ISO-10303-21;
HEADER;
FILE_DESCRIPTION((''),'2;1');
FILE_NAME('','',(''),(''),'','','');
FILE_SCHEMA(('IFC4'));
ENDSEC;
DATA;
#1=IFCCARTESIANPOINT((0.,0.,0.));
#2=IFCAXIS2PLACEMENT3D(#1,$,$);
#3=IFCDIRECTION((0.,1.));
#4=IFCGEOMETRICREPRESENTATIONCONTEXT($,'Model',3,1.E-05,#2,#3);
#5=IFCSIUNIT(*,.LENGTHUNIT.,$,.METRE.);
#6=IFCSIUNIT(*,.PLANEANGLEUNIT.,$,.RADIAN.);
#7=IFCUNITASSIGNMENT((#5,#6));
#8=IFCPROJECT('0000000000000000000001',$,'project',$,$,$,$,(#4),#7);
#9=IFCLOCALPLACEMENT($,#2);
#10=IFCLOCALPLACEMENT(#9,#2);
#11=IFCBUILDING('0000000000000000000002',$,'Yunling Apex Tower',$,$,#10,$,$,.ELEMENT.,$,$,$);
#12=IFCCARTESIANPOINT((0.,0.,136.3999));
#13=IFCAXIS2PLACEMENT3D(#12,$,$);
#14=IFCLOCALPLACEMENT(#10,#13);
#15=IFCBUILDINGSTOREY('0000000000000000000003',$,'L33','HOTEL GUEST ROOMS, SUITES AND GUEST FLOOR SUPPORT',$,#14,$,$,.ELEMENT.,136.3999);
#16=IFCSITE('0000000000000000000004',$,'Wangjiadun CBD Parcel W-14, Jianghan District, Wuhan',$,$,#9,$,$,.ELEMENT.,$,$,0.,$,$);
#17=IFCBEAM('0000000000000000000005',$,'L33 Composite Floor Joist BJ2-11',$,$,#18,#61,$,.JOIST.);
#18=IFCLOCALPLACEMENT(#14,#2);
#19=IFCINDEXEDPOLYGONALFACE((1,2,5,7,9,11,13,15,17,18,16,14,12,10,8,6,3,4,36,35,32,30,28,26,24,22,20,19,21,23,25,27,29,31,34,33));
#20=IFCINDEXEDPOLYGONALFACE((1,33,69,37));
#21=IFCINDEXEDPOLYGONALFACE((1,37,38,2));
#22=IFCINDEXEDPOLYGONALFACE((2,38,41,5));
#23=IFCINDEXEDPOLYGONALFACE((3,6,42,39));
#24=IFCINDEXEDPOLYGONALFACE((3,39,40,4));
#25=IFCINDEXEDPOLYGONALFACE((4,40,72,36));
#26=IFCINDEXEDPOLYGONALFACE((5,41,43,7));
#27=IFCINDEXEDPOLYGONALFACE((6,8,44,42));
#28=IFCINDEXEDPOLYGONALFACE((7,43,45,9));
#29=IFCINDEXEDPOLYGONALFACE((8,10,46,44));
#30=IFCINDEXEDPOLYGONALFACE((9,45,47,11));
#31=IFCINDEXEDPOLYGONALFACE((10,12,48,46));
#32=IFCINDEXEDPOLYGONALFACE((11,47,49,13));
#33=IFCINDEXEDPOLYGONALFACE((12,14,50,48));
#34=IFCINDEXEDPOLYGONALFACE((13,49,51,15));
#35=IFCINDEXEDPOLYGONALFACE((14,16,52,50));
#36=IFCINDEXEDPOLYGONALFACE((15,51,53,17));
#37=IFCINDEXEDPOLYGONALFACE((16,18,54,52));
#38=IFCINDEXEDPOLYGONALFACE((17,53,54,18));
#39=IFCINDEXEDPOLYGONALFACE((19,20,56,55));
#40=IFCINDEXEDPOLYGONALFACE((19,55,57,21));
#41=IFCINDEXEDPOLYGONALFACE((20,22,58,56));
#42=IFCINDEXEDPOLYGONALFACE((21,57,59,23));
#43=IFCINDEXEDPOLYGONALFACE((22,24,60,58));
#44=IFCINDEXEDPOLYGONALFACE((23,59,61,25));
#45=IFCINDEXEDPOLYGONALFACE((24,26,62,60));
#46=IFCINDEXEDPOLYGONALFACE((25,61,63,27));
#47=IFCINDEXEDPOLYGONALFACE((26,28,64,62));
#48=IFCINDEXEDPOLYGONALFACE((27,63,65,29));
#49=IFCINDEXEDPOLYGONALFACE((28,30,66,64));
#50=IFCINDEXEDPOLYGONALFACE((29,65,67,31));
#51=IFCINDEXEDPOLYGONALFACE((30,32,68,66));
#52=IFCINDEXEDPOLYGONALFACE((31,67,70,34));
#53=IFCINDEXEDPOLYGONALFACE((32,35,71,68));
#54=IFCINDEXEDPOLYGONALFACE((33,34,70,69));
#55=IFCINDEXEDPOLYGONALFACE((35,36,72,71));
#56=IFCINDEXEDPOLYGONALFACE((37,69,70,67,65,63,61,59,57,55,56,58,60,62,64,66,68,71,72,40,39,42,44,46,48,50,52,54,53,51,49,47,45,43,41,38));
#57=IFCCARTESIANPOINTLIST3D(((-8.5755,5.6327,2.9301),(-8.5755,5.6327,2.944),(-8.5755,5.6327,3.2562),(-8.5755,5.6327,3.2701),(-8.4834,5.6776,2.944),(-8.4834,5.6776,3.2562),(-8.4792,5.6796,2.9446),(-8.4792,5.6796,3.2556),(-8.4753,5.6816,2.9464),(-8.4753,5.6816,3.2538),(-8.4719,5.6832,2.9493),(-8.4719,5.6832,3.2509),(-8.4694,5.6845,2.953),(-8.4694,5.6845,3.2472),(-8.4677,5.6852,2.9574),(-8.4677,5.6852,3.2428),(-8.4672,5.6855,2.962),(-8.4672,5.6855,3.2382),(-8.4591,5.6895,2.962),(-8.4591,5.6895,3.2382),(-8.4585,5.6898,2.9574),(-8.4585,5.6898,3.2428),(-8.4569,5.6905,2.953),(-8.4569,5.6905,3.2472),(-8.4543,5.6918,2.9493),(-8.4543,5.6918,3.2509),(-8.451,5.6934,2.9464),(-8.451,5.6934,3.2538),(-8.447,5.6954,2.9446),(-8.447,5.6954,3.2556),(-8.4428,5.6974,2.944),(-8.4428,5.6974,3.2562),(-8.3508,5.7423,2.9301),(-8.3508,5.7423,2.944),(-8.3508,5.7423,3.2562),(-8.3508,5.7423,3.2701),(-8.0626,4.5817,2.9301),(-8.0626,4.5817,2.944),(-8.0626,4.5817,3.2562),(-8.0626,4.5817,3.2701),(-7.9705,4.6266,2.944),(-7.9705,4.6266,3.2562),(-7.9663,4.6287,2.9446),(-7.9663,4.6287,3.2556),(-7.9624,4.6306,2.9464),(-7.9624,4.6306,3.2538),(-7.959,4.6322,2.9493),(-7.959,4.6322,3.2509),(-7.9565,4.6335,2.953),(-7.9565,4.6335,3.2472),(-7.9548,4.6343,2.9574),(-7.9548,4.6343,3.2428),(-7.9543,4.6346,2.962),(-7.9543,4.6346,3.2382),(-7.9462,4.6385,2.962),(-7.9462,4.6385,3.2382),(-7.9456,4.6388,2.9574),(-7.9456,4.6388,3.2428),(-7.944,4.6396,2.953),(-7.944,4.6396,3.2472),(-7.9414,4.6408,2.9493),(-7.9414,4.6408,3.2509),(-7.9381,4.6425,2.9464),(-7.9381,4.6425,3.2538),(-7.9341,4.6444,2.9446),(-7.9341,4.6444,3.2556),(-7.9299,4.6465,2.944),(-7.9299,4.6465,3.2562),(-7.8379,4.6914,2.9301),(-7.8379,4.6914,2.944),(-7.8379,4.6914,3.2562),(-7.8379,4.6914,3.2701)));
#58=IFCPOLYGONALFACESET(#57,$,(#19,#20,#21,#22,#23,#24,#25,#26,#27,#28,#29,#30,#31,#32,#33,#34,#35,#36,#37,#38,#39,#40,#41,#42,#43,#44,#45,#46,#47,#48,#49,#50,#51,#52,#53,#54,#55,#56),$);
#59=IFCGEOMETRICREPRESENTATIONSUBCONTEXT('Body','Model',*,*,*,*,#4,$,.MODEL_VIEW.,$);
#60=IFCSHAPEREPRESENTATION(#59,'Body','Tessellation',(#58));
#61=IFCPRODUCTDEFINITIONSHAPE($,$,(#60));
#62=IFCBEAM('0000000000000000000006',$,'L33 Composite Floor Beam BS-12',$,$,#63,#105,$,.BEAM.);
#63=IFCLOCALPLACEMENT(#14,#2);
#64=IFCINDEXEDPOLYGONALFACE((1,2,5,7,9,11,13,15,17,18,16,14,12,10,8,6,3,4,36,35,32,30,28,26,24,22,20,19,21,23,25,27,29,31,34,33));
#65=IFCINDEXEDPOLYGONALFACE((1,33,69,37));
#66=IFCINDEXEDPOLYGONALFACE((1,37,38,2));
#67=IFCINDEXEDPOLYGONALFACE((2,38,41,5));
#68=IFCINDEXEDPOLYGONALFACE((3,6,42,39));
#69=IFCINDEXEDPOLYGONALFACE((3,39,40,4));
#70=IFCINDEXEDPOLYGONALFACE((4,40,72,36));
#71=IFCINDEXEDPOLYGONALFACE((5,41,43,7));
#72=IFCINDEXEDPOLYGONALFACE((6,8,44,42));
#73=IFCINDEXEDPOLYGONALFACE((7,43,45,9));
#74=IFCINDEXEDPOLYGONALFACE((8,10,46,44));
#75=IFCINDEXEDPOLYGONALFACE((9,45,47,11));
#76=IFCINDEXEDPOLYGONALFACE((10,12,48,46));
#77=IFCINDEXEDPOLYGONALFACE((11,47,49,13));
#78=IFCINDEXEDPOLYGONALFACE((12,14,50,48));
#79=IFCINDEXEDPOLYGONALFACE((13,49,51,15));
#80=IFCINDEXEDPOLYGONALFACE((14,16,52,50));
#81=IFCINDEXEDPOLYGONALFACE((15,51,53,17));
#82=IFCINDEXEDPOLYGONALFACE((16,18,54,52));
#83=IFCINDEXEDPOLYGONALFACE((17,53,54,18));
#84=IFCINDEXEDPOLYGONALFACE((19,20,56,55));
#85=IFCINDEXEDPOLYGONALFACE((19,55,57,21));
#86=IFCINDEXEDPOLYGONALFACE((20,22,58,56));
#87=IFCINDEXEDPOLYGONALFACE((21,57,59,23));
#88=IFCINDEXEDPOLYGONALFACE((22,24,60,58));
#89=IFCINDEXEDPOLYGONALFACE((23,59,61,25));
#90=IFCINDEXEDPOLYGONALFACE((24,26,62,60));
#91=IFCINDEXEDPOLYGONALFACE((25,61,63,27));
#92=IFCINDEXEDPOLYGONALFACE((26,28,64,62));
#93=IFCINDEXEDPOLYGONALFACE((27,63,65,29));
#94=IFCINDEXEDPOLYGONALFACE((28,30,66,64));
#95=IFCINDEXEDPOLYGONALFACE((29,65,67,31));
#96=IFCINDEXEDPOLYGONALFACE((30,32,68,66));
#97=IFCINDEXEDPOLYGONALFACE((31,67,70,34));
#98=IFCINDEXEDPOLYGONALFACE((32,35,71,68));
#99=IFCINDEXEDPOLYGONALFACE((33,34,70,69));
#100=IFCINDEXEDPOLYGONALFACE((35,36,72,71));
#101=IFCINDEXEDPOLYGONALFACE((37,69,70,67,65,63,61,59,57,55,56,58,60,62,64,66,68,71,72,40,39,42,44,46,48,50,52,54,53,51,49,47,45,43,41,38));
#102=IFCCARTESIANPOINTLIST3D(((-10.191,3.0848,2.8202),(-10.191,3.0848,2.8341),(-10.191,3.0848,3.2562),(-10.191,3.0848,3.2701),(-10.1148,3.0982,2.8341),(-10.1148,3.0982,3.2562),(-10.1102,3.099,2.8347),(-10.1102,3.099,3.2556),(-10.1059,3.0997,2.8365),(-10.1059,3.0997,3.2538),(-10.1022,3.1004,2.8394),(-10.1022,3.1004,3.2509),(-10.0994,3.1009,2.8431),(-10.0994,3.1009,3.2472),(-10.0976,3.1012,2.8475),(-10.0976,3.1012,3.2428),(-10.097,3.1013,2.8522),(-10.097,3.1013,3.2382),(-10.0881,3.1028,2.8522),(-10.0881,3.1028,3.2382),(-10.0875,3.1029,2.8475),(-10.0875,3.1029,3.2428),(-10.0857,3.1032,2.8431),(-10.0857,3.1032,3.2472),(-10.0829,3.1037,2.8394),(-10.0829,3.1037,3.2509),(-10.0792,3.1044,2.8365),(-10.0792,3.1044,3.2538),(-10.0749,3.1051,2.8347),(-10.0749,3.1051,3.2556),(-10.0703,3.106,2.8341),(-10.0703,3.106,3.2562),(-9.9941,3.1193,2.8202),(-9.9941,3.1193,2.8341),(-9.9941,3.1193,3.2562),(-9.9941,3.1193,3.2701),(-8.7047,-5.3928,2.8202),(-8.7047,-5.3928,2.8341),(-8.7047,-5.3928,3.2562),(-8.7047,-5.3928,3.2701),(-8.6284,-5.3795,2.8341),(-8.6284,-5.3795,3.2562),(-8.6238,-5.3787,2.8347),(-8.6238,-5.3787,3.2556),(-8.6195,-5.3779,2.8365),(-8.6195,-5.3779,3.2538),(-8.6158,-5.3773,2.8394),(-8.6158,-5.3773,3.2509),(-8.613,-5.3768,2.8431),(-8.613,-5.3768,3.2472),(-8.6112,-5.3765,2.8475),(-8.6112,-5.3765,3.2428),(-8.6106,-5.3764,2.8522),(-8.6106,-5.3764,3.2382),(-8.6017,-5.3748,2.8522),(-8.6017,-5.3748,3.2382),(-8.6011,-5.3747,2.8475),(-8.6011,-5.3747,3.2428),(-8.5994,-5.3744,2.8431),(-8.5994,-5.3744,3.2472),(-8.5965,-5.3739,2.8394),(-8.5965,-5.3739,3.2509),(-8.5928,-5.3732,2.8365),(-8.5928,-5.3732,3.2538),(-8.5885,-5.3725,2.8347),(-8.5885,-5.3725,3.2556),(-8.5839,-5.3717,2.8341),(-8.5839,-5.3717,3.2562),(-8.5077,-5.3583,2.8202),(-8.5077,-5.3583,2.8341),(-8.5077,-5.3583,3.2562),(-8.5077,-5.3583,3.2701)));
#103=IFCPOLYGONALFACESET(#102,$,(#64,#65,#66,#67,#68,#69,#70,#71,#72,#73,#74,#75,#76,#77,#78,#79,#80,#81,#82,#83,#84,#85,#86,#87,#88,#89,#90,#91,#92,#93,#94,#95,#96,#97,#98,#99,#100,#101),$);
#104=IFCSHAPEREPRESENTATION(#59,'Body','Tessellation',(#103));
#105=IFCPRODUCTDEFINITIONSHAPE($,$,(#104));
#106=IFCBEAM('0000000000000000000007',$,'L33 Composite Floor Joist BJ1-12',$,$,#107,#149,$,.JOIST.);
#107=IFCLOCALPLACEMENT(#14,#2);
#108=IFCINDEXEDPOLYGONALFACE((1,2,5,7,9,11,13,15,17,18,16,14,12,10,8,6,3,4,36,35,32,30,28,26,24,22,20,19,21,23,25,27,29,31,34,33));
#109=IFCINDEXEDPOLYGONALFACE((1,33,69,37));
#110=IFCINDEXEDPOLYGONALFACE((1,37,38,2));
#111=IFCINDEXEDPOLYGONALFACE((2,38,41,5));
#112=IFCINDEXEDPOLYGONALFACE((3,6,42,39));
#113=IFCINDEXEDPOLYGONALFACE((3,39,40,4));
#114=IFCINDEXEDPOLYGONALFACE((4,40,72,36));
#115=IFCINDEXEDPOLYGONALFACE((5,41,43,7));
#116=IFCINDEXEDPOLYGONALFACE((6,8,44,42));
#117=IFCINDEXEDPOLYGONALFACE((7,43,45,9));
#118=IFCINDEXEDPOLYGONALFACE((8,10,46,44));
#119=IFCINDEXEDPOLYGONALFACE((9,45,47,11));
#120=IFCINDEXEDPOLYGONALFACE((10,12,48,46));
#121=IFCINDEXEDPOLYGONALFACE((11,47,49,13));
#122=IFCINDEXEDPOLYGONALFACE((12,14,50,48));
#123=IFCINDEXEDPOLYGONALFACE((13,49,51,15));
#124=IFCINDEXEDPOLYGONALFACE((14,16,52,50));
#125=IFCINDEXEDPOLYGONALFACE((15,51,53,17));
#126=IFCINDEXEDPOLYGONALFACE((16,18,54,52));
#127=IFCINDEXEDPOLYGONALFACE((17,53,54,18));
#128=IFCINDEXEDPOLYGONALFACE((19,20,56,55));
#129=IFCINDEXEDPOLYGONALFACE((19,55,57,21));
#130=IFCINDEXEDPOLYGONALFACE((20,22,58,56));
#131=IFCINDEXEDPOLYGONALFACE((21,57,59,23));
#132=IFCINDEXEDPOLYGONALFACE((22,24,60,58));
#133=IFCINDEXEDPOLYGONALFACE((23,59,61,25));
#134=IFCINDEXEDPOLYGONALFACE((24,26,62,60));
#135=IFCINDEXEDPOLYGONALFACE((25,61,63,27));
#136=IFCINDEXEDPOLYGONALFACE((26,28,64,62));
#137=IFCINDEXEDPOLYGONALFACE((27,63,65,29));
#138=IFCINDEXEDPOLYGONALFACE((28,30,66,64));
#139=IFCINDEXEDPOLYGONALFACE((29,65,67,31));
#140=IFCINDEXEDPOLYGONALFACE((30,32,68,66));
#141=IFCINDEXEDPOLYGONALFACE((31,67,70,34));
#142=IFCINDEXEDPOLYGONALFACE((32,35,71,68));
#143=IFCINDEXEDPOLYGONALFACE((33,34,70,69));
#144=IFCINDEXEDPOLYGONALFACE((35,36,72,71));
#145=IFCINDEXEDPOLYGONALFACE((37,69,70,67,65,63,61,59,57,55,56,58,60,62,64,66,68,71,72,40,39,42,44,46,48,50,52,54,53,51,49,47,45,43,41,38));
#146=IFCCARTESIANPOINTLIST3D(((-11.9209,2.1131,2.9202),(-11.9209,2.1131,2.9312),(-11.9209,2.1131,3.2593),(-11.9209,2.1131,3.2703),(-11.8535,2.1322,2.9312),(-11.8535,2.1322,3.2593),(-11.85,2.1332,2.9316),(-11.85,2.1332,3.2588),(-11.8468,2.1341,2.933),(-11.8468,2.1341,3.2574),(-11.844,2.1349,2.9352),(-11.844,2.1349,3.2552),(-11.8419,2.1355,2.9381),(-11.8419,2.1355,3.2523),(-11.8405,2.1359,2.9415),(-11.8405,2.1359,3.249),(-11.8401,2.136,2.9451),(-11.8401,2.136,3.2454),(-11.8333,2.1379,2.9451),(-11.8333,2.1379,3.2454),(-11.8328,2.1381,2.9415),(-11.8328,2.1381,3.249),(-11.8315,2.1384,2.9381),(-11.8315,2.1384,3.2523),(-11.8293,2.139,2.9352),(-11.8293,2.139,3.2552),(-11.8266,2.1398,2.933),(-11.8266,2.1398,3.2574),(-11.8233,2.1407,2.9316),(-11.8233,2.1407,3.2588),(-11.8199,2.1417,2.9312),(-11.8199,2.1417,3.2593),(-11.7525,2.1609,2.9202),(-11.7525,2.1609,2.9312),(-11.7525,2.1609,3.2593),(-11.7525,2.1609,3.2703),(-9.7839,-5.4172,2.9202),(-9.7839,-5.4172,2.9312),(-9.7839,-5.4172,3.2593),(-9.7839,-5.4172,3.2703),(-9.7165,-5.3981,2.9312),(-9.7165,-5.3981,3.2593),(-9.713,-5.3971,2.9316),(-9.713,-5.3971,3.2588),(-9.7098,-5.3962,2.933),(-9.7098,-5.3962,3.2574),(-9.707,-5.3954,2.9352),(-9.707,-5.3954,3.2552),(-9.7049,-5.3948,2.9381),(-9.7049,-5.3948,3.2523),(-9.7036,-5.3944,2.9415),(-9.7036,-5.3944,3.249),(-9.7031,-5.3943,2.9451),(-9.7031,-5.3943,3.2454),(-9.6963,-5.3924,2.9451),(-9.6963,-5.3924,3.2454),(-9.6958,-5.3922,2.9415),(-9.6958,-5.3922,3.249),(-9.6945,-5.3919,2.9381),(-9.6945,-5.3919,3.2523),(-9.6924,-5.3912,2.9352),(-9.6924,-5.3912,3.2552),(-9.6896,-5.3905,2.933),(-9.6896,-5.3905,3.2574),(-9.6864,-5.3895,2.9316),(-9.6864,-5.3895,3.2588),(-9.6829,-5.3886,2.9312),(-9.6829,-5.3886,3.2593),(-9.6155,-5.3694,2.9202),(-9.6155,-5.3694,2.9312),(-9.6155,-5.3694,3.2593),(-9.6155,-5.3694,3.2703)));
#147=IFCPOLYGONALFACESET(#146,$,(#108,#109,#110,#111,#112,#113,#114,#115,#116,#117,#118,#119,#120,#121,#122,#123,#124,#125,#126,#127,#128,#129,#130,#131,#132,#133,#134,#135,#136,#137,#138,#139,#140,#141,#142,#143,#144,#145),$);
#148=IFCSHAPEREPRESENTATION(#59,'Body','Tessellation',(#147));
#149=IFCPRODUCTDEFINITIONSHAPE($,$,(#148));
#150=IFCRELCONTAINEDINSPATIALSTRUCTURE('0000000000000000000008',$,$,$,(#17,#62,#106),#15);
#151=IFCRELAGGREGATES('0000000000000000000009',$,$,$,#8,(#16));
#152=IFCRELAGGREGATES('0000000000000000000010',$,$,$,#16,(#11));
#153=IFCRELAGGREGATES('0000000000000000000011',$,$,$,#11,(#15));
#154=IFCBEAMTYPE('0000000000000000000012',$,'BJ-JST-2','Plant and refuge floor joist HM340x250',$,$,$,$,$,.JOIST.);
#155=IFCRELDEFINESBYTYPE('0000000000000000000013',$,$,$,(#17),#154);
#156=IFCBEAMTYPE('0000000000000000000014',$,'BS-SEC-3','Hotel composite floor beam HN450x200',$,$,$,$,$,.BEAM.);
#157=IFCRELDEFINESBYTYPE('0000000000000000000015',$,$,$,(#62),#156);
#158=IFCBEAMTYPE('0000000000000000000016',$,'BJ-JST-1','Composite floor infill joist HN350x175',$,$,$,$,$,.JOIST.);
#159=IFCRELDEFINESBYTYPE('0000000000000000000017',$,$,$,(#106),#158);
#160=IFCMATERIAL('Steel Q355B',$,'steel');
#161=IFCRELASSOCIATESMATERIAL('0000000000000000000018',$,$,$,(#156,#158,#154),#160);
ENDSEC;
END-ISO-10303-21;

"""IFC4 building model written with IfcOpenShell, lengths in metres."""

from ifc_helpers import new_model, si_unit, direction, frame, origin, origin_2d, place, context, subcontext, project, spatial, i_section, extrude, source, transform, mapped, material, material_profile, profile_set, type_object, element, save


model = new_model("IFC4")

# Units and contexts
model_context = context("Model", 3, precision=1e-05, world=origin(), true_north=direction((0.0, 1.0)))
body_context = subcontext(model_context, "Body", "Model", "MODEL_VIEW")
ifc_project = project(units=[si_unit("LENGTHUNIT", "METRE"), si_unit("PLANEANGLEUNIT", "RADIAN")], contexts=[model_context])

# Site, building, storey
site_placement = place(None, origin())
site = spatial("IfcSite", under=ifc_project, at=site_placement, Name="Wangjiadun CBD Parcel W-14, Jianghan District, Wuhan", CompositionType="ELEMENT", RefElevation=0.0)
building_placement = place(site_placement, origin())
building = spatial("IfcBuilding", under=site, at=building_placement, Name="Yunling Apex Tower", CompositionType="ELEMENT")
storey_placement = place(building_placement, frame((0.0, 0.0, 136.3999)))
storey = spatial("IfcBuildingStorey", under=building, at=storey_placement, Name="L33", Description="HOTEL GUEST ROOMS, SUITES AND GUEST FLOOR SUPPORT", CompositionType="ELEMENT", Elevation=136.3999)

# Beams
ifc_material_1 = material(Name="Steel Q355B", Category="steel")
ifc_material_profile_1 = material_profile(ifc_material_1, i_section(OverallWidth=0.2, OverallDepth=0.45, WebThickness=0.009, FlangeThickness=0.0139, FilletRadius=0.0181, at=origin_2d()))
ifc_profile_set_1 = profile_set([ifc_material_profile_1], Name="Steel Q355B")
beam_type_1 = type_object("IfcBeamType", Name="BS-SEC-3", Description="Hotel composite floor beam HN450x200", PredefinedType="BEAM", material=ifc_profile_set_1)
ifc_material_profile_2 = material_profile(ifc_material_1, i_section(OverallWidth=0.175, OverallDepth=0.3501, WebThickness=0.0071, FlangeThickness=0.011, FilletRadius=0.0139, at=origin_2d()))
ifc_profile_set_2 = profile_set([ifc_material_profile_2], Name="Steel Q355B")
beam_type_2 = type_object("IfcBeamType", Name="BJ-JST-1", Description="Composite floor infill joist HN350x175", PredefinedType="JOIST", material=ifc_profile_set_2)
ifc_material_profile_3 = material_profile(ifc_material_1, i_section(OverallWidth=0.25, OverallDepth=0.3401, WebThickness=0.009, FlangeThickness=0.0139, FilletRadius=0.0181, at=origin_2d()))
ifc_profile_set_3 = profile_set([ifc_material_profile_3], Name="Steel Q355B")
beam_type_3 = type_object("IfcBeamType", Name="BJ-JST-2", Description="Plant and refuge floor joist HM340x250", PredefinedType="JOIST", material=ifc_profile_set_3)
shared_shape_1 = source(origin(), body_context, "Body", "SweptSolid", [
    extrude(i_section(OverallWidth=0.25, OverallDepth=0.3401, WebThickness=0.009, FlangeThickness=0.0139, FilletRadius=0.0181, at=origin_2d()), origin(), (0.0, 0.0, 1.0), 1.1694),
])
beam_1_placement = place(storey_placement, frame((-8.4631, 5.6875, 3.1001), z_axis=(0.438592, -0.898686, 0.0), x_axis=(0.898686, 0.438592, 0.0)))
element("IfcBeam", 1, at=beam_1_placement, inside=storey, type_object=beam_type_3, Name="L33 Composite Floor Joist BJ2-11", PredefinedType="JOIST", context=body_context, shape_type="MappedRepresentation", body=[
    mapped(shared_shape_1, transform((0.0, 0.0, 0.0), scale=1.0)),
])
shared_shape_2 = source(origin(), body_context, "Body", "SweptSolid", [
    extrude(i_section(OverallWidth=0.2, OverallDepth=0.45, WebThickness=0.009, FlangeThickness=0.0139, FilletRadius=0.0181, at=origin_2d()), origin(), (0.0, 0.0, 1.0), 8.6069),
])
beam_2_placement = place(storey_placement, frame((-10.0925, 3.1021, 3.0452), z_axis=(0.172691, -0.984976, 0.0), x_axis=(0.984976, 0.172691, 0.0)))
element("IfcBeam", 2, at=beam_2_placement, inside=storey, type_object=beam_type_1, Name="L33 Composite Floor Beam BS-12", PredefinedType="BEAM", context=body_context, shape_type="MappedRepresentation", body=[
    mapped(shared_shape_2, transform((0.0, 0.0, 0.0), scale=1.0)),
])
shared_shape_3 = source(origin(), body_context, "Body", "SweptSolid", [
    extrude(i_section(OverallWidth=0.175, OverallDepth=0.3501, WebThickness=0.0071, FlangeThickness=0.011, FilletRadius=0.0139, at=origin_2d()), origin(), (0.0, 0.0, 1.0), 7.8276),
])
beam_3_placement = place(storey_placement, frame((-11.8367, 2.137, 3.0952), z_axis=(0.273003, -0.962013, 0.0), x_axis=(0.962013, 0.273003, 0.0)))
element("IfcBeam", 3, at=beam_3_placement, inside=storey, type_object=beam_type_2, Name="L33 Composite Floor Joist BJ1-12", PredefinedType="JOIST", context=body_context, shape_type="MappedRepresentation", body=[
    mapped(shared_shape_3, transform((0.0, 0.0, 0.0), scale=1.0)),
])

save(model, "model.ifc")
